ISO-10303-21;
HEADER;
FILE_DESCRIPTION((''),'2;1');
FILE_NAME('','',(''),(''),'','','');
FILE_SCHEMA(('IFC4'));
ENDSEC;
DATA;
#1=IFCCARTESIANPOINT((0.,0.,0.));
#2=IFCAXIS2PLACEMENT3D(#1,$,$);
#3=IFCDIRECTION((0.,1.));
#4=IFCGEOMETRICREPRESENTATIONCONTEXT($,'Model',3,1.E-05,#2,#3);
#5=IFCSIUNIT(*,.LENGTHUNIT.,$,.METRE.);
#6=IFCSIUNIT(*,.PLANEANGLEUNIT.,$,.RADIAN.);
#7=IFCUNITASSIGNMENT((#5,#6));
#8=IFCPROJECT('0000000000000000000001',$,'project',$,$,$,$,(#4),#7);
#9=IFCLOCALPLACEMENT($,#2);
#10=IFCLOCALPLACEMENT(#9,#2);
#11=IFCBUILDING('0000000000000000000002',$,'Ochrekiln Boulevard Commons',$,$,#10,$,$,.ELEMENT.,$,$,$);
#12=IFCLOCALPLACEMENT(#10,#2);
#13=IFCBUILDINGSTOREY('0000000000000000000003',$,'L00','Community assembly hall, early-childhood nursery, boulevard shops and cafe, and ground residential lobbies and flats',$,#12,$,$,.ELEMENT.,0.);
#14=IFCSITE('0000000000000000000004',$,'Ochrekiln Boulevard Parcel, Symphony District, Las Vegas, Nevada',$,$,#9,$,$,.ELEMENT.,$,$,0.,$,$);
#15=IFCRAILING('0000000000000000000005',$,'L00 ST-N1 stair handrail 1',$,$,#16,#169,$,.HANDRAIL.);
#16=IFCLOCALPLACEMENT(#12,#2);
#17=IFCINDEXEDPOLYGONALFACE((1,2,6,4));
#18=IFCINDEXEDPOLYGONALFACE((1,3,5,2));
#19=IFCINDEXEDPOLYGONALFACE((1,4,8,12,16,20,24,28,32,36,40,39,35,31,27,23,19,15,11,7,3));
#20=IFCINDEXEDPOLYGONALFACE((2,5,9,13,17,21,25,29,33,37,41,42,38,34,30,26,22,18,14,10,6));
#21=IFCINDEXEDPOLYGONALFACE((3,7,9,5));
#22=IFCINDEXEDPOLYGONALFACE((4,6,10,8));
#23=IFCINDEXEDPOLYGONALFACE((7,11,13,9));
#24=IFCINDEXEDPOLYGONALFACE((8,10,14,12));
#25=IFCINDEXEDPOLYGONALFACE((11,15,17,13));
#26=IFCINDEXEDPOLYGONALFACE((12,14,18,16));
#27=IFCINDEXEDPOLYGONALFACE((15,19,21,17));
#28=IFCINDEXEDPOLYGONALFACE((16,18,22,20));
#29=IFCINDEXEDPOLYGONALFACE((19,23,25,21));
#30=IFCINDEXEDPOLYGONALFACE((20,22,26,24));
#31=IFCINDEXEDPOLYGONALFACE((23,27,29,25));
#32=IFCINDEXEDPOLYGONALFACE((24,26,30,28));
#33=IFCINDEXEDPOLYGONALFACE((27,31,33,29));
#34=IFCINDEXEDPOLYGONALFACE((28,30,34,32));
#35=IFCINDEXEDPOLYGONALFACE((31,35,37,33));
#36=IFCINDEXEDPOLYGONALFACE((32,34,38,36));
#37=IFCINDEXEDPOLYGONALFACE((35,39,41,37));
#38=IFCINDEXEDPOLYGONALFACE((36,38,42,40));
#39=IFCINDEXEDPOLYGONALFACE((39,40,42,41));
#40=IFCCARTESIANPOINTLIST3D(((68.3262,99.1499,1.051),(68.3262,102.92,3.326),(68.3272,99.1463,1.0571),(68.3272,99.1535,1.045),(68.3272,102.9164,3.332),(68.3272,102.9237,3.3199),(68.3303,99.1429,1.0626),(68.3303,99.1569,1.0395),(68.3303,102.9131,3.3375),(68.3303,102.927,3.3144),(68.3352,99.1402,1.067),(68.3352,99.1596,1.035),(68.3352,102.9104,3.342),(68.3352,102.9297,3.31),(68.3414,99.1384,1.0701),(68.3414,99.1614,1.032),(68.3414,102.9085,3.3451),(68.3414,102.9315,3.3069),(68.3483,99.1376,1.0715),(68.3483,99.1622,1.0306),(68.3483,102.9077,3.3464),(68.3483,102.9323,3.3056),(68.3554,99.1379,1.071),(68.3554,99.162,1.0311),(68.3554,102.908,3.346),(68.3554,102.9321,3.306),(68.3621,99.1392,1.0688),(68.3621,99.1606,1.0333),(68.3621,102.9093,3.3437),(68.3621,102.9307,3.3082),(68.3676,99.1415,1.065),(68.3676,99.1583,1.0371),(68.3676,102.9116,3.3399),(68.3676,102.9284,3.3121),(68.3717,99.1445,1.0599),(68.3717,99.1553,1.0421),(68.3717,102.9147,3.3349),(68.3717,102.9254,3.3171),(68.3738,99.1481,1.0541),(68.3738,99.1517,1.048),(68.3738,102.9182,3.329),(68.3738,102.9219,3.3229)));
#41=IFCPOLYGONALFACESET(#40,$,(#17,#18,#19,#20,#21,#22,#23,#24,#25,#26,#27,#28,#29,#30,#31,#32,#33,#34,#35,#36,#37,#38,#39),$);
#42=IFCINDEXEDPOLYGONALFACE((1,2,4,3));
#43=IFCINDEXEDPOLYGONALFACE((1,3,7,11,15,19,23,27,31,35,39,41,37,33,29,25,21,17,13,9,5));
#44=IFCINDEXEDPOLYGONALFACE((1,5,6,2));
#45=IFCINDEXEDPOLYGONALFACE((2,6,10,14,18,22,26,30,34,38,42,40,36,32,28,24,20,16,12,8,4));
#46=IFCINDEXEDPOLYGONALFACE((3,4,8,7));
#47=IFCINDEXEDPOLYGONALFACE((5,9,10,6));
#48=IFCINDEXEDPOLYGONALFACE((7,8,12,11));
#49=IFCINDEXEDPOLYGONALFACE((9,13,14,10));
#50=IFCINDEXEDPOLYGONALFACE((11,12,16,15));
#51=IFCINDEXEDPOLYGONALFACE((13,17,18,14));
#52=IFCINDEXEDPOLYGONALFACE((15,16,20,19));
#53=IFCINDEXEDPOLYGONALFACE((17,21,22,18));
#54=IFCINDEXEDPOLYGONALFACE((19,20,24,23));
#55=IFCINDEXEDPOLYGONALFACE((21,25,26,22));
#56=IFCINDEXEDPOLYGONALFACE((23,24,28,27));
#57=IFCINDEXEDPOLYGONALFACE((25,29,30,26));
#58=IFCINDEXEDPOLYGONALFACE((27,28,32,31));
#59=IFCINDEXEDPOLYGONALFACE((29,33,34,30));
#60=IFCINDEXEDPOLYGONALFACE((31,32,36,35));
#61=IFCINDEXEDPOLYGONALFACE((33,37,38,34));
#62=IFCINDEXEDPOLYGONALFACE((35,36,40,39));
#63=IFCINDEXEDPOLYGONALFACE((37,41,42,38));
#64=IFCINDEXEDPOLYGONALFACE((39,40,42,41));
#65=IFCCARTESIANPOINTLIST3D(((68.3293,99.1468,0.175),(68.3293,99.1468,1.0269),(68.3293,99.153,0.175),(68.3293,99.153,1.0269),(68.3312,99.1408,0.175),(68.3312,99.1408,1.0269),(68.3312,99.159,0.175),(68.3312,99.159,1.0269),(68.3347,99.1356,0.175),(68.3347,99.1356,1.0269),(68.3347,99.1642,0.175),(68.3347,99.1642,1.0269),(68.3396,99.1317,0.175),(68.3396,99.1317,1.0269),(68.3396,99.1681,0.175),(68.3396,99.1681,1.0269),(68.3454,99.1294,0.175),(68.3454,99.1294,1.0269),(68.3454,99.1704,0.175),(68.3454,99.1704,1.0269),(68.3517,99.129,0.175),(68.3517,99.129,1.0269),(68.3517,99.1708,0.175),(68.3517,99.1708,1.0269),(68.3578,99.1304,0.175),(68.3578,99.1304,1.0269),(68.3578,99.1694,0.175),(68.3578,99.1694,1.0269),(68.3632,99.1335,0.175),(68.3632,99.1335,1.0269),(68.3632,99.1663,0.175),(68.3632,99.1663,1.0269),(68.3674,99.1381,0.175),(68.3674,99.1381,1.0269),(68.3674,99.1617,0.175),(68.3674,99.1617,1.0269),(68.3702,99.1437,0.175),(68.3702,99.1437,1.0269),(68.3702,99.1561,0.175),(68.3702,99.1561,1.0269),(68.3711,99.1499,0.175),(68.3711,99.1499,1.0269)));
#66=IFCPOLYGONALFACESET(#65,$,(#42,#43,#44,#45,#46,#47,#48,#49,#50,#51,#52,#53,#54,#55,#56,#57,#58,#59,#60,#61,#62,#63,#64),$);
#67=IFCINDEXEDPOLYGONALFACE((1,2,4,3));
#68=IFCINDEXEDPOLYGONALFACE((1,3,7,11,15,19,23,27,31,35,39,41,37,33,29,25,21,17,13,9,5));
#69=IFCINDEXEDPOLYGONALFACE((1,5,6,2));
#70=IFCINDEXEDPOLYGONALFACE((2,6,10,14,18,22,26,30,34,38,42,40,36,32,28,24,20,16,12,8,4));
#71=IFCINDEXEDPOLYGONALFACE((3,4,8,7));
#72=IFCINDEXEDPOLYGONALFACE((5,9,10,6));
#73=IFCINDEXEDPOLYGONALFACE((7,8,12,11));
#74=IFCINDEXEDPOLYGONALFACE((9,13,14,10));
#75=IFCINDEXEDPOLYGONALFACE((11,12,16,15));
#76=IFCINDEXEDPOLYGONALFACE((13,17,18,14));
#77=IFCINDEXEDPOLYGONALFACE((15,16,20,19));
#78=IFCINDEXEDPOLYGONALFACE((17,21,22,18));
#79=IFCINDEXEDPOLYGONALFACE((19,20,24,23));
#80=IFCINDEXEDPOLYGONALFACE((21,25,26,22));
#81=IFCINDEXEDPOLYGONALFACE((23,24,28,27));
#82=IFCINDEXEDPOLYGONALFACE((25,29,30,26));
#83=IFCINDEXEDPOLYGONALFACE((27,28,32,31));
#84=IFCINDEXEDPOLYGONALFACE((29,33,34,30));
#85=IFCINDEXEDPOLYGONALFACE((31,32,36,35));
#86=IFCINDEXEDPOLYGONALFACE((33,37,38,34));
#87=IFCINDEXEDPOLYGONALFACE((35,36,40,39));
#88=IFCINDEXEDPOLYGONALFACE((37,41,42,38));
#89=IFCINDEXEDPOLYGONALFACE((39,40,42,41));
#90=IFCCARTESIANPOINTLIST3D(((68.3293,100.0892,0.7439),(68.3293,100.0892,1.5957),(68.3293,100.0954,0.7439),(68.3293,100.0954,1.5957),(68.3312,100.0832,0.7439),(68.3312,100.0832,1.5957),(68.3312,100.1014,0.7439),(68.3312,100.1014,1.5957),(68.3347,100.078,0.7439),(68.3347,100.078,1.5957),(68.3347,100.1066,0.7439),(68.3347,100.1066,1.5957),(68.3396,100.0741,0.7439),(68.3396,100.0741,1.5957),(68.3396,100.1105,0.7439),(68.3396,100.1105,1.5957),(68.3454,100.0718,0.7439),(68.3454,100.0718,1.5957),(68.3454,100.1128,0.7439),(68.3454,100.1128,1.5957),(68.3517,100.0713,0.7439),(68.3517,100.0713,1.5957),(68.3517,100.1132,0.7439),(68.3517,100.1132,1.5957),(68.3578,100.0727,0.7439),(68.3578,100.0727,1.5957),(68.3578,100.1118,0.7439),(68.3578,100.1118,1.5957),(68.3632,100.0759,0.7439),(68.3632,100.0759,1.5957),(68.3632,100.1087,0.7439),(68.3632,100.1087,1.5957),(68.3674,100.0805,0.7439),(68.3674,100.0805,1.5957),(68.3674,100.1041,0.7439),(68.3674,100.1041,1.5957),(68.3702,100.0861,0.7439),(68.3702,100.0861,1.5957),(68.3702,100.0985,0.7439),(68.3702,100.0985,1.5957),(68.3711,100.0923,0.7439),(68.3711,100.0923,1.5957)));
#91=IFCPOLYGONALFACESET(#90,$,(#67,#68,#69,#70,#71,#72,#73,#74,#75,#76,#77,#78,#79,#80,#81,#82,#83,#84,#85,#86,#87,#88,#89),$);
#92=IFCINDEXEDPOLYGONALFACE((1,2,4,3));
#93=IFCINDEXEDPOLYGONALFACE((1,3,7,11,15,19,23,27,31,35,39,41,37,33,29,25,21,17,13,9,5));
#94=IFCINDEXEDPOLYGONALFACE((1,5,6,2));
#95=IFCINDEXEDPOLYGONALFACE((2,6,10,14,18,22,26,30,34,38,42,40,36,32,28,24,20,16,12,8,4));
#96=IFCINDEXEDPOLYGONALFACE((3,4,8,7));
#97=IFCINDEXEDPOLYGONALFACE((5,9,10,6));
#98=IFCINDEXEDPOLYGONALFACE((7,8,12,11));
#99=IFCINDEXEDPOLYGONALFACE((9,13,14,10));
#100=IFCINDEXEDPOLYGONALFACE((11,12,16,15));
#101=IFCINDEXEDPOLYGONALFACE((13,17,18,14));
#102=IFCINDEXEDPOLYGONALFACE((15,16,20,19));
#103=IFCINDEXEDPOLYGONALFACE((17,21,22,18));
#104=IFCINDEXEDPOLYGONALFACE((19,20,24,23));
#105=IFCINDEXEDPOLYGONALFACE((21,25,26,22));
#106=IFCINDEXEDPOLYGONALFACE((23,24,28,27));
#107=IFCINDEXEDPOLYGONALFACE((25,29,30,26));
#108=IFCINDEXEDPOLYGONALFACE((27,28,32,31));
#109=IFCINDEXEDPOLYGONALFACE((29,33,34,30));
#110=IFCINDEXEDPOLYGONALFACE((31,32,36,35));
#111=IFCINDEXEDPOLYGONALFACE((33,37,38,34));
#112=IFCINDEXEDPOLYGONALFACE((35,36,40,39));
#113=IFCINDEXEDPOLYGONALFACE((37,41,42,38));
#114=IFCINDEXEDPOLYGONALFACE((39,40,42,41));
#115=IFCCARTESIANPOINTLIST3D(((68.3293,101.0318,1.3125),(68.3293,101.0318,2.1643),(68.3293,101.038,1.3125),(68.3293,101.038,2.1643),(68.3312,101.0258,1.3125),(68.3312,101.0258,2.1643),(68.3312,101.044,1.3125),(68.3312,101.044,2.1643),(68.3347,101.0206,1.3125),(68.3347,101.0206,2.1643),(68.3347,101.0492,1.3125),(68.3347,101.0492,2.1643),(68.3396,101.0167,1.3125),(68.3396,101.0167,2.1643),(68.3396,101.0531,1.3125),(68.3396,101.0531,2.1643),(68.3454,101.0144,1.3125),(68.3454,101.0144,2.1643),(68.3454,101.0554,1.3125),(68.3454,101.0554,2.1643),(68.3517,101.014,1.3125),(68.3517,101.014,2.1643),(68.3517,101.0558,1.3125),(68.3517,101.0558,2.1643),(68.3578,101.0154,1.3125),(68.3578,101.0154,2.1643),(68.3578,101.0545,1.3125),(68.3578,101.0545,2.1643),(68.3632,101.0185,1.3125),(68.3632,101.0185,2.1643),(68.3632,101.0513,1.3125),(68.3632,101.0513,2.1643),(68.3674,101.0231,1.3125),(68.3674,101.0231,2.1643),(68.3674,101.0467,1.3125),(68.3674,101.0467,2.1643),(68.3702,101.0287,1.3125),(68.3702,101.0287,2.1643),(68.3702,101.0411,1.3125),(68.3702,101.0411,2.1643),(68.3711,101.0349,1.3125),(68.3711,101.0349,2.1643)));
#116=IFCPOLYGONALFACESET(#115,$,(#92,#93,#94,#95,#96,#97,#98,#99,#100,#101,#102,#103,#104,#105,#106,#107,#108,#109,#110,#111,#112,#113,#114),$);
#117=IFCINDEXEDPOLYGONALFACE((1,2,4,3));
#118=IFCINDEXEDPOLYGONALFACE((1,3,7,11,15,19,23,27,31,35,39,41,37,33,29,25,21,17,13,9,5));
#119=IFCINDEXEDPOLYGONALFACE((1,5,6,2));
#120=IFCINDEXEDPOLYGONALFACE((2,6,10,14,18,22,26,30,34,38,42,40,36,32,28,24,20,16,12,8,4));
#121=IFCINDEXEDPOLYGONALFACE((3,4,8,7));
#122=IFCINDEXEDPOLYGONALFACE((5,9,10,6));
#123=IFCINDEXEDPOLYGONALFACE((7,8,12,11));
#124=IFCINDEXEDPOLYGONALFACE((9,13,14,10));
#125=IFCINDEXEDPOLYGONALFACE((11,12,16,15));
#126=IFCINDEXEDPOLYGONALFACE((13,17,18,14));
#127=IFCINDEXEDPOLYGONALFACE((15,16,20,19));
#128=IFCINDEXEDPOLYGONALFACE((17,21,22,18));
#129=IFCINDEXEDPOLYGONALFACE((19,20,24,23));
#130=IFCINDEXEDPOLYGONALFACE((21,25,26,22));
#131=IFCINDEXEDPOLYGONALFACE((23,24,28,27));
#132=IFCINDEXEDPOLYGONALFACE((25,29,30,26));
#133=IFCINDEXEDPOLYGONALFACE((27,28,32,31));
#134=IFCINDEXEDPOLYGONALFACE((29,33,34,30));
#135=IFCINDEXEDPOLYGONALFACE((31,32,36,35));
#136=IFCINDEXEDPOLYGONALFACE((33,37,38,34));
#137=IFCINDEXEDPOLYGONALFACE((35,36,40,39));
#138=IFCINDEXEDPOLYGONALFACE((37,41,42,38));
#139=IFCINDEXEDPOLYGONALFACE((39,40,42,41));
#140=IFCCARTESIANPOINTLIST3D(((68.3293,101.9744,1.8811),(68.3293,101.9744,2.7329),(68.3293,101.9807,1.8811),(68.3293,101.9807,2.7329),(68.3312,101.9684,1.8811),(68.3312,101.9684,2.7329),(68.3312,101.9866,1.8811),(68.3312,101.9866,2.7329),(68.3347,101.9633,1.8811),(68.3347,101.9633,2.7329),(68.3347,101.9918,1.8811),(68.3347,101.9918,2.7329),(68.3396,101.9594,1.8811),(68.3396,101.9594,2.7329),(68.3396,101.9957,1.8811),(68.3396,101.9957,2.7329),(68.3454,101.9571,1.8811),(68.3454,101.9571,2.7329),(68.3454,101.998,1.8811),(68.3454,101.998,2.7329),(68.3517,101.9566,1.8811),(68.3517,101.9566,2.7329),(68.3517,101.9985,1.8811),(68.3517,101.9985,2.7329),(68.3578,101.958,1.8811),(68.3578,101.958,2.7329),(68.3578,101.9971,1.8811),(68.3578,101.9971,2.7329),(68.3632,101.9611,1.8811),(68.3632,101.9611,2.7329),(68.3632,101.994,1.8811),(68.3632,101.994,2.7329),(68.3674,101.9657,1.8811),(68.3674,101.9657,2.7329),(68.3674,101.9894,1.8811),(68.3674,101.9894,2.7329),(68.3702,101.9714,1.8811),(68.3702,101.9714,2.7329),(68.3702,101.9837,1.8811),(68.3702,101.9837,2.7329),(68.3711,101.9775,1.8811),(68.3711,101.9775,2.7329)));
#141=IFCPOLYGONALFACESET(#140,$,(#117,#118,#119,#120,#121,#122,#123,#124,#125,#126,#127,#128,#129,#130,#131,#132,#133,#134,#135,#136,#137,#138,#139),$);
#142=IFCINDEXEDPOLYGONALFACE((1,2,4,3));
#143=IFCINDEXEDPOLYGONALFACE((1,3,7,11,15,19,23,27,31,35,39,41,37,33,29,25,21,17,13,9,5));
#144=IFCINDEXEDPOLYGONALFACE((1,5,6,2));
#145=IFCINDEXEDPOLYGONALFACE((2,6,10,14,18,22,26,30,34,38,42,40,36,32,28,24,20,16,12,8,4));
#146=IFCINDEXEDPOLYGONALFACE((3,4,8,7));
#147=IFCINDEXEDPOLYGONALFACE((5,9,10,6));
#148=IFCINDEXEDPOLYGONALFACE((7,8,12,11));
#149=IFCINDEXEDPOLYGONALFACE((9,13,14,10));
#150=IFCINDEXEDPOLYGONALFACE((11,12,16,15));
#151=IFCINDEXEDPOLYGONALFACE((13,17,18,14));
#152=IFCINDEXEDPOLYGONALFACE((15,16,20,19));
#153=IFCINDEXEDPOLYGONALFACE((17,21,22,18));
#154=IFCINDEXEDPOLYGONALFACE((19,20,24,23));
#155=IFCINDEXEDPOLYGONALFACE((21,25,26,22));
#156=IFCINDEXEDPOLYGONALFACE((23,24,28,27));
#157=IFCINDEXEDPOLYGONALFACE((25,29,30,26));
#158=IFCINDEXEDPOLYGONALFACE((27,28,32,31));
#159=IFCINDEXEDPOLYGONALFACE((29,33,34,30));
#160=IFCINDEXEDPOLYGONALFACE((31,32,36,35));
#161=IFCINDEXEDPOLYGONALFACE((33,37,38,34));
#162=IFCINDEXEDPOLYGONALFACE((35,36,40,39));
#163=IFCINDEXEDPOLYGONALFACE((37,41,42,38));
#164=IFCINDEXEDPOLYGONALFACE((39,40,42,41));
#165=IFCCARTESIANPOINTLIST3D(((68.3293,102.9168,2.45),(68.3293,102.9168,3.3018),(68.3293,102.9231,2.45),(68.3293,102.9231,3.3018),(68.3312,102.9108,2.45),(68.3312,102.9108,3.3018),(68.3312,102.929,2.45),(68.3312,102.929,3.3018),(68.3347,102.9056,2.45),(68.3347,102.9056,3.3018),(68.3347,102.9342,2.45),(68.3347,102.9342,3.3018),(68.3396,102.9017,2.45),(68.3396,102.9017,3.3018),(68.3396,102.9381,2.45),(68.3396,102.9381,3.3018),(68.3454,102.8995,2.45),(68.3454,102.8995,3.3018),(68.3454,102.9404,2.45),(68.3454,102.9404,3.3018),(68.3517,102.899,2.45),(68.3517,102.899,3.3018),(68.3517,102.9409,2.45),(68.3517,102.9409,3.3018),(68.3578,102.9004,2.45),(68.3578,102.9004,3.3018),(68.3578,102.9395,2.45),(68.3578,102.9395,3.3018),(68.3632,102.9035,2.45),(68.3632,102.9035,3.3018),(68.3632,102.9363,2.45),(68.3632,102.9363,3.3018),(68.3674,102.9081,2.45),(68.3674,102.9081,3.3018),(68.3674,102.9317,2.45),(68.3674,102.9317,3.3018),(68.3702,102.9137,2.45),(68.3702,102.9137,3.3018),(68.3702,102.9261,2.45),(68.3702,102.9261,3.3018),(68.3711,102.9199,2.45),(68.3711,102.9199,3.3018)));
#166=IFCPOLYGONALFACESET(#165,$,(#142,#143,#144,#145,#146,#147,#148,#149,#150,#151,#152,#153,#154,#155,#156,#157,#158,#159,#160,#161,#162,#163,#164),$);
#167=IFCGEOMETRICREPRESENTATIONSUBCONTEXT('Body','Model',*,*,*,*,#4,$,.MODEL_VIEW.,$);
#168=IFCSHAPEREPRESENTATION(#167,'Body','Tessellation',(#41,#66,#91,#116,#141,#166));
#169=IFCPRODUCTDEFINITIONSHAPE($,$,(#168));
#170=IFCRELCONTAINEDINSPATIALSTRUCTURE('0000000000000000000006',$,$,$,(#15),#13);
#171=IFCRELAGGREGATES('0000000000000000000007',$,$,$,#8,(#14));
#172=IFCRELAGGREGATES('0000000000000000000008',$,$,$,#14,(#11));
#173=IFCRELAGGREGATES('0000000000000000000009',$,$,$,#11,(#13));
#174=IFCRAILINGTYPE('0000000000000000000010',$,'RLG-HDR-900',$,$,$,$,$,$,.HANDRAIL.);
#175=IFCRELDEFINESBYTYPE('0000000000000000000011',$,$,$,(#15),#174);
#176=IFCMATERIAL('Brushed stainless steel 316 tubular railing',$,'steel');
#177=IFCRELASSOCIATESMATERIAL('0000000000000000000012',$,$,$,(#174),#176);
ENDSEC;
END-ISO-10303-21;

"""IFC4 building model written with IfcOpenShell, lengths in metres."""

from ifc_helpers import new_model, si_unit, direction, frame, origin, origin_2d, place, context, subcontext, project, spatial, circle, extrude, material, type_object, element, save


model = new_model("IFC4")

# Units and contexts
model_context = context("Model", 3, precision=1e-05, world=origin(), true_north=direction((0.0, 1.0)))
body_context = subcontext(model_context, "Body", "Model", "MODEL_VIEW")
ifc_project = project(units=[si_unit("LENGTHUNIT", "METRE"), si_unit("PLANEANGLEUNIT", "RADIAN")], contexts=[model_context])

# Site, building, storey
site_placement = place(None, origin())
site = spatial("IfcSite", under=ifc_project, at=site_placement, Name="Ochrekiln Boulevard Parcel, Symphony District, Las Vegas, Nevada", CompositionType="ELEMENT", RefElevation=0.0)
building_placement = place(site_placement, origin())
building = spatial("IfcBuilding", under=site, at=building_placement, Name="Ochrekiln Boulevard Commons", CompositionType="ELEMENT")
storey_placement = place(building_placement, origin())
storey = spatial("IfcBuildingStorey", under=building, at=storey_placement, Name="L00", Description="Community assembly hall, early-childhood nursery, boulevard shops and cafe, and ground residential lobbies and flats", CompositionType="ELEMENT", Elevation=0.0)

# Railing
ifc_material_1 = material(Name="Brushed stainless steel 316 tubular railing", Category="steel")
railing_type_1 = type_object("IfcRailingType", Name="RLG-HDR-900", PredefinedType="HANDRAIL", material=ifc_material_1)
railing_1_placement = place(storey_placement, frame((68.3501, 99.1499, 0.175)))
element("IfcRailing", 1, at=railing_1_placement, inside=storey, type_object=railing_type_1, Name="L00 ST-N1 stair handrail 1", PredefinedType="HANDRAIL", context=body_context, shape_type="SweptSolid", body=[
    extrude(circle(Radius=0.0239, at=origin_2d()), frame((0.0, 0.0, 0.876), z_axis=(0.0, 0.856199, 0.516647), x_axis=(-1.0, 0.0, 0.0)), (0.0, 0.0, 1.0), 4.4033),
    extrude(circle(Radius=0.021, at=origin_2d()), origin(), (0.0, 0.0, 1.0), 0.8518),
    extrude(circle(Radius=0.021, at=origin_2d()), frame((0.0, 0.9424, 0.5688)), (0.0, 0.0, 1.0), 0.8518),
    extrude(circle(Radius=0.021, at=origin_2d()), frame((0.0, 1.885, 1.1375)), (0.0, 0.0, 1.0), 0.8518),
    extrude(circle(Radius=0.021, at=origin_2d()), frame((0.0, 2.8276, 1.7061)), (0.0, 0.0, 1.0), 0.8518),
    extrude(circle(Radius=0.021, at=origin_2d()), frame((0.0, 3.77, 2.2749)), (0.0, 0.0, 1.0), 0.8518),
])

save(model, "model.ifc")
